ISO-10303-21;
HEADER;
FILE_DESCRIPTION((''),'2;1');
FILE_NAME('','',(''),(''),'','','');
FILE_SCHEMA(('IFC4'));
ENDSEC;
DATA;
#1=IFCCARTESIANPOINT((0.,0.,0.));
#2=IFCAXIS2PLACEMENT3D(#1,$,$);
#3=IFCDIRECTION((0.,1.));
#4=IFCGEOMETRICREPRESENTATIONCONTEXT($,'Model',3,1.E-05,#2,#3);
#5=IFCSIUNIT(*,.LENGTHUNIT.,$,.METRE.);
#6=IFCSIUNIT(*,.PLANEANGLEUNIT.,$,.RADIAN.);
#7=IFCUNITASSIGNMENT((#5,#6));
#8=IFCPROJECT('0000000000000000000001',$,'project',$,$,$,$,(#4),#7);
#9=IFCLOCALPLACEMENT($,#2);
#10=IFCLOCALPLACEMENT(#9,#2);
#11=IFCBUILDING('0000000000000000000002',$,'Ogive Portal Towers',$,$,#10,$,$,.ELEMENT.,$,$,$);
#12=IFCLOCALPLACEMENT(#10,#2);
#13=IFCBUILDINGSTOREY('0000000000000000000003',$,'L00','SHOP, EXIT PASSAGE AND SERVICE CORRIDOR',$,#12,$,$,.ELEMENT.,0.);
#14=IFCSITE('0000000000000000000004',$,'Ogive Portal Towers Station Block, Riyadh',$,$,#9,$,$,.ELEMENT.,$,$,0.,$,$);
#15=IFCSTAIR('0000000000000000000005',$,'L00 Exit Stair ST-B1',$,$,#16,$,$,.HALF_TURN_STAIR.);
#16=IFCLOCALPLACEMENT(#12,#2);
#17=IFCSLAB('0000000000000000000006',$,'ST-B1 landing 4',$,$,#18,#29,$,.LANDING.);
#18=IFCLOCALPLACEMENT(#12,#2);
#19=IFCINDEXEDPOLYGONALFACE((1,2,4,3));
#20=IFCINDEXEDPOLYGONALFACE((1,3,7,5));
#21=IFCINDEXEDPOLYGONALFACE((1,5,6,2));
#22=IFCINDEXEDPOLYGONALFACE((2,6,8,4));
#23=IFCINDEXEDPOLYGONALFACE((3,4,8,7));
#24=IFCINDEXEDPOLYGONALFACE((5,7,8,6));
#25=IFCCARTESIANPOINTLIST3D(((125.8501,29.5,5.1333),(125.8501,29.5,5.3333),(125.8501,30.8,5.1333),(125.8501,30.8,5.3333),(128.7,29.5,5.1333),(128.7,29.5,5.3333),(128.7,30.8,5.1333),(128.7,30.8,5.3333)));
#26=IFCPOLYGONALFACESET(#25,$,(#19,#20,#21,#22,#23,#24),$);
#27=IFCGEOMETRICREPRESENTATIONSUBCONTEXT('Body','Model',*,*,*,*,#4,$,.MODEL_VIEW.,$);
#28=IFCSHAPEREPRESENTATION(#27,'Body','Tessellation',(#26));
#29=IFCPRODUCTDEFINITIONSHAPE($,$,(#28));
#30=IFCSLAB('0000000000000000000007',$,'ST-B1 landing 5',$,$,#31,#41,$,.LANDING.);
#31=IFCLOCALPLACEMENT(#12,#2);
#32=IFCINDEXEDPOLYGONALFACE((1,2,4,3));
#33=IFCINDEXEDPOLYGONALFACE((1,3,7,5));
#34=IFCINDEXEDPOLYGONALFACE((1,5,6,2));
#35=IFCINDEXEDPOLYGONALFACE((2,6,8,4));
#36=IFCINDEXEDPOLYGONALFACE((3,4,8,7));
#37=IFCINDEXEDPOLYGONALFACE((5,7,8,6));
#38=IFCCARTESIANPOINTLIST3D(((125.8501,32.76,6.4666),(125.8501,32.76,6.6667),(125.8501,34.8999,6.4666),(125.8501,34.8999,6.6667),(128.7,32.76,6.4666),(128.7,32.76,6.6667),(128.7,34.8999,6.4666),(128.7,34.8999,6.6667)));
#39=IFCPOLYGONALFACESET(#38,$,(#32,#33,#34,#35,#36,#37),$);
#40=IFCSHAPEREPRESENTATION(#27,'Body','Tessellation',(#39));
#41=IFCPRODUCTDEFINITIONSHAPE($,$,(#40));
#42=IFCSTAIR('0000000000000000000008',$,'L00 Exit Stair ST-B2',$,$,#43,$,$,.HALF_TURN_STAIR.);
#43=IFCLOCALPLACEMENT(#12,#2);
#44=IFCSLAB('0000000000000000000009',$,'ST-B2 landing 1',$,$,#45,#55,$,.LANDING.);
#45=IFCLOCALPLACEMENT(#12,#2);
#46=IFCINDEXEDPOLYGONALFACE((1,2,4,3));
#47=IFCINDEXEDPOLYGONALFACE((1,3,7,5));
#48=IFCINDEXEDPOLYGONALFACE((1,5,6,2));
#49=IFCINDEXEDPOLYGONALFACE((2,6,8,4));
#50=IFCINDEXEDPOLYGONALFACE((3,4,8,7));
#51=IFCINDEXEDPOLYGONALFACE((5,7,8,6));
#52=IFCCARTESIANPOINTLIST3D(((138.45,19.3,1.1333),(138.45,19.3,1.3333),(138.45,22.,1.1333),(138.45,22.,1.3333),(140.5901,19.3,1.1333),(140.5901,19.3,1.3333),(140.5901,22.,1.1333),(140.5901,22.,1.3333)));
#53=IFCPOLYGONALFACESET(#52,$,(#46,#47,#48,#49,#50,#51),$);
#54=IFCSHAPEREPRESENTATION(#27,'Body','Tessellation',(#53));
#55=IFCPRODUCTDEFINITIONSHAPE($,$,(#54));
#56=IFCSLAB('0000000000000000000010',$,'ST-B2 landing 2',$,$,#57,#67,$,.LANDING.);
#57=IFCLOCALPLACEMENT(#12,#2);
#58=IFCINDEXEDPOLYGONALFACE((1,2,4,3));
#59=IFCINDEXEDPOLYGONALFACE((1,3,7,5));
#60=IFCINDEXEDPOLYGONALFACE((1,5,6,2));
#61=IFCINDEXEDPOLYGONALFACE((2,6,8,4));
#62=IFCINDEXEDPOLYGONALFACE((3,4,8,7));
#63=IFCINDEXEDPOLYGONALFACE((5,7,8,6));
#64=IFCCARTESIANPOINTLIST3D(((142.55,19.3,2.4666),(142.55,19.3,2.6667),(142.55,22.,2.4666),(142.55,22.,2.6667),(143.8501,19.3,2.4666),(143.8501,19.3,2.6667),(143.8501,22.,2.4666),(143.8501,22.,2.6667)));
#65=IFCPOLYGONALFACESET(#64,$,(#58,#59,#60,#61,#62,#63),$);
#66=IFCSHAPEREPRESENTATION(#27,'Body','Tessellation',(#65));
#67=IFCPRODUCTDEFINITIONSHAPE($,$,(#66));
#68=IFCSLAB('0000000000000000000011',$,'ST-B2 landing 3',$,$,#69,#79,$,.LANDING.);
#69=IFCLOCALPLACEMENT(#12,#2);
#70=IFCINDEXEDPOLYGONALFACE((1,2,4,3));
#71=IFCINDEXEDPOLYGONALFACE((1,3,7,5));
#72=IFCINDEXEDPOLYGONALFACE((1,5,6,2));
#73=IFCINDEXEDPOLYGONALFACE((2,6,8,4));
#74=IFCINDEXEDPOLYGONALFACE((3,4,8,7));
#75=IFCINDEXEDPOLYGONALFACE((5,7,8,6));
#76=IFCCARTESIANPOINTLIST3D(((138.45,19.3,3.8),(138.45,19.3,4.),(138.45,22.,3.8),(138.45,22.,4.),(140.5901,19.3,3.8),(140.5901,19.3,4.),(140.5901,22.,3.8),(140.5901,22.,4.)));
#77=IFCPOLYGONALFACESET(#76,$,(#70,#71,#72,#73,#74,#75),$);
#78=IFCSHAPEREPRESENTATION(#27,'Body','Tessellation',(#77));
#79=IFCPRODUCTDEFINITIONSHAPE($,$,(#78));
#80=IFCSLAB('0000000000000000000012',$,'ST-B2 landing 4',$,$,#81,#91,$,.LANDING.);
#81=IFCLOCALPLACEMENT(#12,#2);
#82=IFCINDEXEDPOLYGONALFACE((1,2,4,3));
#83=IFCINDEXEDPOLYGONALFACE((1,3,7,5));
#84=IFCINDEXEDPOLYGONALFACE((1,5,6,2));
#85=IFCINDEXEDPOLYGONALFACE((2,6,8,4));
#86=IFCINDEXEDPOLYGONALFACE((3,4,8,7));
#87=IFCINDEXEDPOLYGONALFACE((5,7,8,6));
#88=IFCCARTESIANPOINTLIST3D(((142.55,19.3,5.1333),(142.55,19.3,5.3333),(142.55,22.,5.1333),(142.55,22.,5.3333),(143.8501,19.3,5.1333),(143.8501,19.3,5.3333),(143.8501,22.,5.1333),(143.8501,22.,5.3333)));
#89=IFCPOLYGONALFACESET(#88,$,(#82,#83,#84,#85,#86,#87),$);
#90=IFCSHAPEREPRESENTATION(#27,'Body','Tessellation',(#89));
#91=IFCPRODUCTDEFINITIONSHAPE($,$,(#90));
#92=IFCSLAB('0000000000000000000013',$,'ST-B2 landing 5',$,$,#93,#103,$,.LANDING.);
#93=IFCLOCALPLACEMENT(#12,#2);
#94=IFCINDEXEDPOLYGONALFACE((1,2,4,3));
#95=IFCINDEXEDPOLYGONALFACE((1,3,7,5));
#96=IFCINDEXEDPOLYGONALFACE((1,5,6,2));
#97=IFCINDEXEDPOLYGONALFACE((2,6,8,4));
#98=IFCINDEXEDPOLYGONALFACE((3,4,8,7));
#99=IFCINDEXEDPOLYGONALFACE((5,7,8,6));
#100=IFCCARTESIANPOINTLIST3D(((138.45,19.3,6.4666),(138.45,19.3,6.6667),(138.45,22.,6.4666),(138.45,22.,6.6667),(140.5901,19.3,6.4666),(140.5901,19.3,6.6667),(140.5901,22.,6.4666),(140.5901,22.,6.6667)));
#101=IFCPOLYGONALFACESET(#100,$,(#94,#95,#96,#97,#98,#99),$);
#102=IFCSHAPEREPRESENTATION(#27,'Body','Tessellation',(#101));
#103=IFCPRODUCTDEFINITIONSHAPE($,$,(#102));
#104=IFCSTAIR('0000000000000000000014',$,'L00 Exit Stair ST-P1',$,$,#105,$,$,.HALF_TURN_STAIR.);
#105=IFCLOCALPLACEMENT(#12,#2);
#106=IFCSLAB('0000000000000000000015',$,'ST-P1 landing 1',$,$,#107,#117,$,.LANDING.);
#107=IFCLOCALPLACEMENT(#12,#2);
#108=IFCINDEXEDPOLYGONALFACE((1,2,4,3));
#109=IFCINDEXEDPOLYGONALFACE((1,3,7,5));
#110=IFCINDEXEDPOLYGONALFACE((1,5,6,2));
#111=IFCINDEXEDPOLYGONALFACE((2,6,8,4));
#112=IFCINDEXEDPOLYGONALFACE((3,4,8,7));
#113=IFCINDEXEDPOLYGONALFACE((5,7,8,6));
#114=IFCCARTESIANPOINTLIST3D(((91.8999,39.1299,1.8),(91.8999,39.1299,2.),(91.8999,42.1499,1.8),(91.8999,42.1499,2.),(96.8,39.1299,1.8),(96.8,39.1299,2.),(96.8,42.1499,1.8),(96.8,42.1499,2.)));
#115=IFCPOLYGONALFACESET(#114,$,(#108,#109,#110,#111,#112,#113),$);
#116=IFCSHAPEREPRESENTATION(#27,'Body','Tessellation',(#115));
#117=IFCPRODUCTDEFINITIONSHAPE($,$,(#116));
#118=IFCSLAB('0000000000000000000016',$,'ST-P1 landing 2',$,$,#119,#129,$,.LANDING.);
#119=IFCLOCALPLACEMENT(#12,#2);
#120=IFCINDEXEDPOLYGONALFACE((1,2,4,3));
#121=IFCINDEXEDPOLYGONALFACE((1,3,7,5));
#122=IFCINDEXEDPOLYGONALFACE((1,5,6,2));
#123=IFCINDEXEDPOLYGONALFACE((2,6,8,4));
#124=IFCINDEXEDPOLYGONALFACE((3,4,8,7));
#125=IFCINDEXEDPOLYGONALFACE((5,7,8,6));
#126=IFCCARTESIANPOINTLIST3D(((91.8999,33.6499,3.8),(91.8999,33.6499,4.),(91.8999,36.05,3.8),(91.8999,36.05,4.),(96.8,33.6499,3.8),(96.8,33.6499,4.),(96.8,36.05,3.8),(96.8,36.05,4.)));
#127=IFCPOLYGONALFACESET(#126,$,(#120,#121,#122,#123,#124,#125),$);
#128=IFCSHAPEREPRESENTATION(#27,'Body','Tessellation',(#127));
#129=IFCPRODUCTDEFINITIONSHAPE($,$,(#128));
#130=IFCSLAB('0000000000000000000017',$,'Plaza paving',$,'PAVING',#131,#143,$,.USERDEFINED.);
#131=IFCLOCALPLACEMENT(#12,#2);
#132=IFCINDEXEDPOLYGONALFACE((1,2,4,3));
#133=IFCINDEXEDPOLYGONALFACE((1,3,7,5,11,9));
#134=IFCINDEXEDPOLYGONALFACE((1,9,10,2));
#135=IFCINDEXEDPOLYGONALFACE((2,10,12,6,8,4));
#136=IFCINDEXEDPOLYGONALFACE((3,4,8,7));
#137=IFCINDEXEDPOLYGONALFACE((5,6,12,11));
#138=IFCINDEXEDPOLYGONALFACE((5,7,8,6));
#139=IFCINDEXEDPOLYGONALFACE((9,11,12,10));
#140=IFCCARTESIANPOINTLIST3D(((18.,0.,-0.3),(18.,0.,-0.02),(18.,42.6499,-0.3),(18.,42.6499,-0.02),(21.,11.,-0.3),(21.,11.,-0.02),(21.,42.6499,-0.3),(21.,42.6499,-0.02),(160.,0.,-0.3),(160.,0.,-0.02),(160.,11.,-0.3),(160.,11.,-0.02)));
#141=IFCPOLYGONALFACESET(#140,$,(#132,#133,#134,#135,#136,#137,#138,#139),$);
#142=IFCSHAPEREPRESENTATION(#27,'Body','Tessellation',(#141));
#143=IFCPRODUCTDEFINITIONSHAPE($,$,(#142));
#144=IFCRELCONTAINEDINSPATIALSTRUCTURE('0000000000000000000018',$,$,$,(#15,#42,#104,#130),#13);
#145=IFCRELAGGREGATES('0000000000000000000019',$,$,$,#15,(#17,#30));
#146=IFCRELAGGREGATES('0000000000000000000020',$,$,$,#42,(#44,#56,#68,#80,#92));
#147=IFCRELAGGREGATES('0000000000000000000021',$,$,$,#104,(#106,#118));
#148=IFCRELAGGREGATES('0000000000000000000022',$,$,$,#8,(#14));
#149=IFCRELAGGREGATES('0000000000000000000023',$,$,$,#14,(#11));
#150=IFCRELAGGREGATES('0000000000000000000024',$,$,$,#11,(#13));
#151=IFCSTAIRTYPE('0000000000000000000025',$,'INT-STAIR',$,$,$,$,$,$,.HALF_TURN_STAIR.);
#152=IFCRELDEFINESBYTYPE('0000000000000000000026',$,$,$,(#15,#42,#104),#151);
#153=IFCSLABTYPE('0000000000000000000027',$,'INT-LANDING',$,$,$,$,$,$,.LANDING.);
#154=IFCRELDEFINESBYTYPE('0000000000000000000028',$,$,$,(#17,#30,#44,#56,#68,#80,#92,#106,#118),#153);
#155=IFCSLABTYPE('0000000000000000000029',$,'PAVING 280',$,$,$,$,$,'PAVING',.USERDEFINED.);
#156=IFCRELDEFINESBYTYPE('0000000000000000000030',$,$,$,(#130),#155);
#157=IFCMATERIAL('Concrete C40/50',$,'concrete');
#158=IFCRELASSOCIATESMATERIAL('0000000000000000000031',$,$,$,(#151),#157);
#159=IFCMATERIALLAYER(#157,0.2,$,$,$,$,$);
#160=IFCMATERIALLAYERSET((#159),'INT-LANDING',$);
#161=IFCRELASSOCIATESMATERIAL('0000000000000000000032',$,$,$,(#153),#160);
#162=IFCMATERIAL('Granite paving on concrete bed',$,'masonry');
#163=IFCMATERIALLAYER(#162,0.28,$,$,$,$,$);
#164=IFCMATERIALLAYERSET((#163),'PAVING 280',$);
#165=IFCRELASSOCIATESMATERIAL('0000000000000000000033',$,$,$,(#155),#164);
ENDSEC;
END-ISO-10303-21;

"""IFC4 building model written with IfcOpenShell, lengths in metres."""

from ifc_helpers import new_model, si_unit, direction, frame, origin, place, context, subcontext, project, spatial, polyline, outline, extrude, material, layer, layer_set, type_object, element, aggregate, save


model = new_model("IFC4")

# Units and contexts
model_context = context("Model", 3, precision=1e-05, world=origin(), true_north=direction((0.0, 1.0)))
body_context = subcontext(model_context, "Body", "Model", "MODEL_VIEW")
ifc_project = project(units=[si_unit("LENGTHUNIT", "METRE"), si_unit("PLANEANGLEUNIT", "RADIAN")], contexts=[model_context])

# Site, building, storey
site_placement = place(None, origin())
site = spatial("IfcSite", under=ifc_project, at=site_placement, Name="Ogive Portal Towers Station Block, Riyadh", CompositionType="ELEMENT", RefElevation=0.0)
building_placement = place(site_placement, origin())
building = spatial("IfcBuilding", under=site, at=building_placement, Name="Ogive Portal Towers", CompositionType="ELEMENT")
storey_placement = place(building_placement, origin())
storey = spatial("IfcBuildingStorey", under=building, at=storey_placement, Name="L00", Description="SHOP, EXIT PASSAGE AND SERVICE CORRIDOR", CompositionType="ELEMENT", Elevation=0.0)

# Stairs, slabs
ifc_material_1 = material(Name="Concrete C40/50", Category="concrete")
stair_type = type_object("IfcStairType", Name="INT-STAIR", PredefinedType="HALF_TURN_STAIR", material=ifc_material_1)
ifc_layer_1 = layer(ifc_material_1, 0.2)
ifc_layer_set_1 = layer_set([ifc_layer_1], Name="INT-LANDING")
slab_type_1 = type_object("IfcSlabType", Name="INT-LANDING", PredefinedType="LANDING", material=ifc_layer_set_1)
stair_1_placement = place(storey_placement, origin())
stair_1 = element("IfcStair", 1, at=stair_1_placement, inside=storey, type_object=stair_type, Name="L00 Exit Stair ST-B1", PredefinedType="HALF_TURN_STAIR")
slab_1_placement = place(storey_placement, frame((0.0, 0.0, 5.1333)))
slab_1 = element("IfcSlab", 2, at=slab_1_placement, type_object=slab_type_1, Name="ST-B1 landing 4", PredefinedType="LANDING", context=body_context, shape_type="SweptSolid", body=[
    extrude(outline(polyline([(128.7, 29.5), (128.7, 30.8), (125.8501, 30.8), (125.8501, 29.5), (128.7, 29.5)])), origin(), (0.0, 0.0, 1.0), 0.2),
])
slab_2_placement = place(storey_placement, frame((0.0, 0.0, 6.4666)))
slab_2 = element("IfcSlab", 3, at=slab_2_placement, type_object=slab_type_1, Name="ST-B1 landing 5", PredefinedType="LANDING", context=body_context, shape_type="SweptSolid", body=[
    extrude(outline(polyline([(128.7, 32.76), (128.7, 34.8999), (125.8501, 34.8999), (125.8501, 32.76), (128.7, 32.76)])), origin(), (0.0, 0.0, 1.0), 0.2002),
])
aggregate(stair_1, [slab_1, slab_2])
stair_2_placement = place(storey_placement, origin())
stair_2 = element("IfcStair", 4, at=stair_2_placement, inside=storey, type_object=stair_type, Name="L00 Exit Stair ST-B2", PredefinedType="HALF_TURN_STAIR")
slab_3_placement = place(storey_placement, frame((0.0, 0.0, 1.1333)))
slab_3 = element("IfcSlab", 5, at=slab_3_placement, type_object=slab_type_1, Name="ST-B2 landing 1", PredefinedType="LANDING", context=body_context, shape_type="SweptSolid", body=[
    extrude(outline(polyline([(140.5901, 22.0), (138.45, 22.0), (138.45, 19.3), (140.5901, 19.3), (140.5901, 22.0)])), origin(), (0.0, 0.0, 1.0), 0.2),
])
slab_4_placement = place(storey_placement, frame((0.0, 0.0, 2.4666)))
slab_4 = element("IfcSlab", 6, at=slab_4_placement, type_object=slab_type_1, Name="ST-B2 landing 2", PredefinedType="LANDING", context=body_context, shape_type="SweptSolid", body=[
    extrude(outline(polyline([(143.8501, 22.0), (142.55, 22.0), (142.55, 19.3), (143.8501, 19.3), (143.8501, 22.0)])), origin(), (0.0, 0.0, 1.0), 0.2002),
])
slab_5_placement = place(storey_placement, frame((0.0, 0.0, 3.8)))
slab_5 = element("IfcSlab", 7, at=slab_5_placement, type_object=slab_type_1, Name="ST-B2 landing 3", PredefinedType="LANDING", context=body_context, shape_type="SweptSolid", body=[
    extrude(outline(polyline([(140.5901, 22.0), (138.45, 22.0), (138.45, 19.3), (140.5901, 19.3), (140.5901, 22.0)])), origin(), (0.0, 0.0, 1.0), 0.2),
])
slab_6_placement = place(storey_placement, frame((0.0, 0.0, 5.1333)))
slab_6 = element("IfcSlab", 8, at=slab_6_placement, type_object=slab_type_1, Name="ST-B2 landing 4", PredefinedType="LANDING", context=body_context, shape_type="SweptSolid", body=[
    extrude(outline(polyline([(143.8501, 22.0), (142.55, 22.0), (142.55, 19.3), (143.8501, 19.3), (143.8501, 22.0)])), origin(), (0.0, 0.0, 1.0), 0.2),
])
slab_7_placement = place(storey_placement, frame((0.0, 0.0, 6.4666)))
slab_7 = element("IfcSlab", 9, at=slab_7_placement, type_object=slab_type_1, Name="ST-B2 landing 5", PredefinedType="LANDING", context=body_context, shape_type="SweptSolid", body=[
    extrude(outline(polyline([(140.5901, 22.0), (138.45, 22.0), (138.45, 19.3), (140.5901, 19.3), (140.5901, 22.0)])), origin(), (0.0, 0.0, 1.0), 0.2002),
])
aggregate(stair_2, [slab_3, slab_4, slab_5, slab_6, slab_7])
stair_3_placement = place(storey_placement, origin())
stair_3 = element("IfcStair", 10, at=stair_3_placement, inside=storey, type_object=stair_type, Name="L00 Exit Stair ST-P1", PredefinedType="HALF_TURN_STAIR")
slab_8_placement = place(storey_placement, frame((0.0, 0.0, 1.8)))
slab_8 = element("IfcSlab", 11, at=slab_8_placement, type_object=slab_type_1, Name="ST-P1 landing 1", PredefinedType="LANDING", context=body_context, shape_type="SweptSolid", body=[
    extrude(outline(polyline([(96.8, 39.1299), (96.8, 42.1499), (91.8999, 42.1499), (91.8999, 39.1299), (96.8, 39.1299)])), origin(), (0.0, 0.0, 1.0), 0.2),
])
slab_9_placement = place(storey_placement, frame((0.0, 0.0, 3.8)))
slab_9 = element("IfcSlab", 12, at=slab_9_placement, type_object=slab_type_1, Name="ST-P1 landing 2", PredefinedType="LANDING", context=body_context, shape_type="SweptSolid", body=[
    extrude(outline(polyline([(96.8, 33.6499), (96.8, 36.05), (91.8999, 36.05), (91.8999, 33.6499), (96.8, 33.6499)])), origin(), (0.0, 0.0, 1.0), 0.2),
])
aggregate(stair_3, [slab_8, slab_9])

# Slab
ifc_material_2 = material(Name="Granite paving on concrete bed", Category="masonry")
ifc_layer_2 = layer(ifc_material_2, 0.28)
ifc_layer_set_2 = layer_set([ifc_layer_2], Name="PAVING 280")
slab_type_2 = type_object("IfcSlabType", Name="PAVING 280", ElementType="PAVING", PredefinedType="USERDEFINED", material=ifc_layer_set_2)
slab_10_placement = place(storey_placement, frame((0.0, 0.0, -0.3)))
element("IfcSlab", 13, at=slab_10_placement, inside=storey, type_object=slab_type_2, Name="Plaza paving", ObjectType="PAVING", PredefinedType="USERDEFINED", context=body_context, shape_type="SweptSolid", body=[
    extrude(outline(polyline([(18.0, 0.0), (160.0, 0.0), (160.0, 11.0), (21.0, 11.0), (21.0, 42.6499), (18.0, 42.6499), (18.0, 0.0)])), origin(), (0.0, 0.0, 1.0), 0.28),
])

save(model, "model.ifc")
